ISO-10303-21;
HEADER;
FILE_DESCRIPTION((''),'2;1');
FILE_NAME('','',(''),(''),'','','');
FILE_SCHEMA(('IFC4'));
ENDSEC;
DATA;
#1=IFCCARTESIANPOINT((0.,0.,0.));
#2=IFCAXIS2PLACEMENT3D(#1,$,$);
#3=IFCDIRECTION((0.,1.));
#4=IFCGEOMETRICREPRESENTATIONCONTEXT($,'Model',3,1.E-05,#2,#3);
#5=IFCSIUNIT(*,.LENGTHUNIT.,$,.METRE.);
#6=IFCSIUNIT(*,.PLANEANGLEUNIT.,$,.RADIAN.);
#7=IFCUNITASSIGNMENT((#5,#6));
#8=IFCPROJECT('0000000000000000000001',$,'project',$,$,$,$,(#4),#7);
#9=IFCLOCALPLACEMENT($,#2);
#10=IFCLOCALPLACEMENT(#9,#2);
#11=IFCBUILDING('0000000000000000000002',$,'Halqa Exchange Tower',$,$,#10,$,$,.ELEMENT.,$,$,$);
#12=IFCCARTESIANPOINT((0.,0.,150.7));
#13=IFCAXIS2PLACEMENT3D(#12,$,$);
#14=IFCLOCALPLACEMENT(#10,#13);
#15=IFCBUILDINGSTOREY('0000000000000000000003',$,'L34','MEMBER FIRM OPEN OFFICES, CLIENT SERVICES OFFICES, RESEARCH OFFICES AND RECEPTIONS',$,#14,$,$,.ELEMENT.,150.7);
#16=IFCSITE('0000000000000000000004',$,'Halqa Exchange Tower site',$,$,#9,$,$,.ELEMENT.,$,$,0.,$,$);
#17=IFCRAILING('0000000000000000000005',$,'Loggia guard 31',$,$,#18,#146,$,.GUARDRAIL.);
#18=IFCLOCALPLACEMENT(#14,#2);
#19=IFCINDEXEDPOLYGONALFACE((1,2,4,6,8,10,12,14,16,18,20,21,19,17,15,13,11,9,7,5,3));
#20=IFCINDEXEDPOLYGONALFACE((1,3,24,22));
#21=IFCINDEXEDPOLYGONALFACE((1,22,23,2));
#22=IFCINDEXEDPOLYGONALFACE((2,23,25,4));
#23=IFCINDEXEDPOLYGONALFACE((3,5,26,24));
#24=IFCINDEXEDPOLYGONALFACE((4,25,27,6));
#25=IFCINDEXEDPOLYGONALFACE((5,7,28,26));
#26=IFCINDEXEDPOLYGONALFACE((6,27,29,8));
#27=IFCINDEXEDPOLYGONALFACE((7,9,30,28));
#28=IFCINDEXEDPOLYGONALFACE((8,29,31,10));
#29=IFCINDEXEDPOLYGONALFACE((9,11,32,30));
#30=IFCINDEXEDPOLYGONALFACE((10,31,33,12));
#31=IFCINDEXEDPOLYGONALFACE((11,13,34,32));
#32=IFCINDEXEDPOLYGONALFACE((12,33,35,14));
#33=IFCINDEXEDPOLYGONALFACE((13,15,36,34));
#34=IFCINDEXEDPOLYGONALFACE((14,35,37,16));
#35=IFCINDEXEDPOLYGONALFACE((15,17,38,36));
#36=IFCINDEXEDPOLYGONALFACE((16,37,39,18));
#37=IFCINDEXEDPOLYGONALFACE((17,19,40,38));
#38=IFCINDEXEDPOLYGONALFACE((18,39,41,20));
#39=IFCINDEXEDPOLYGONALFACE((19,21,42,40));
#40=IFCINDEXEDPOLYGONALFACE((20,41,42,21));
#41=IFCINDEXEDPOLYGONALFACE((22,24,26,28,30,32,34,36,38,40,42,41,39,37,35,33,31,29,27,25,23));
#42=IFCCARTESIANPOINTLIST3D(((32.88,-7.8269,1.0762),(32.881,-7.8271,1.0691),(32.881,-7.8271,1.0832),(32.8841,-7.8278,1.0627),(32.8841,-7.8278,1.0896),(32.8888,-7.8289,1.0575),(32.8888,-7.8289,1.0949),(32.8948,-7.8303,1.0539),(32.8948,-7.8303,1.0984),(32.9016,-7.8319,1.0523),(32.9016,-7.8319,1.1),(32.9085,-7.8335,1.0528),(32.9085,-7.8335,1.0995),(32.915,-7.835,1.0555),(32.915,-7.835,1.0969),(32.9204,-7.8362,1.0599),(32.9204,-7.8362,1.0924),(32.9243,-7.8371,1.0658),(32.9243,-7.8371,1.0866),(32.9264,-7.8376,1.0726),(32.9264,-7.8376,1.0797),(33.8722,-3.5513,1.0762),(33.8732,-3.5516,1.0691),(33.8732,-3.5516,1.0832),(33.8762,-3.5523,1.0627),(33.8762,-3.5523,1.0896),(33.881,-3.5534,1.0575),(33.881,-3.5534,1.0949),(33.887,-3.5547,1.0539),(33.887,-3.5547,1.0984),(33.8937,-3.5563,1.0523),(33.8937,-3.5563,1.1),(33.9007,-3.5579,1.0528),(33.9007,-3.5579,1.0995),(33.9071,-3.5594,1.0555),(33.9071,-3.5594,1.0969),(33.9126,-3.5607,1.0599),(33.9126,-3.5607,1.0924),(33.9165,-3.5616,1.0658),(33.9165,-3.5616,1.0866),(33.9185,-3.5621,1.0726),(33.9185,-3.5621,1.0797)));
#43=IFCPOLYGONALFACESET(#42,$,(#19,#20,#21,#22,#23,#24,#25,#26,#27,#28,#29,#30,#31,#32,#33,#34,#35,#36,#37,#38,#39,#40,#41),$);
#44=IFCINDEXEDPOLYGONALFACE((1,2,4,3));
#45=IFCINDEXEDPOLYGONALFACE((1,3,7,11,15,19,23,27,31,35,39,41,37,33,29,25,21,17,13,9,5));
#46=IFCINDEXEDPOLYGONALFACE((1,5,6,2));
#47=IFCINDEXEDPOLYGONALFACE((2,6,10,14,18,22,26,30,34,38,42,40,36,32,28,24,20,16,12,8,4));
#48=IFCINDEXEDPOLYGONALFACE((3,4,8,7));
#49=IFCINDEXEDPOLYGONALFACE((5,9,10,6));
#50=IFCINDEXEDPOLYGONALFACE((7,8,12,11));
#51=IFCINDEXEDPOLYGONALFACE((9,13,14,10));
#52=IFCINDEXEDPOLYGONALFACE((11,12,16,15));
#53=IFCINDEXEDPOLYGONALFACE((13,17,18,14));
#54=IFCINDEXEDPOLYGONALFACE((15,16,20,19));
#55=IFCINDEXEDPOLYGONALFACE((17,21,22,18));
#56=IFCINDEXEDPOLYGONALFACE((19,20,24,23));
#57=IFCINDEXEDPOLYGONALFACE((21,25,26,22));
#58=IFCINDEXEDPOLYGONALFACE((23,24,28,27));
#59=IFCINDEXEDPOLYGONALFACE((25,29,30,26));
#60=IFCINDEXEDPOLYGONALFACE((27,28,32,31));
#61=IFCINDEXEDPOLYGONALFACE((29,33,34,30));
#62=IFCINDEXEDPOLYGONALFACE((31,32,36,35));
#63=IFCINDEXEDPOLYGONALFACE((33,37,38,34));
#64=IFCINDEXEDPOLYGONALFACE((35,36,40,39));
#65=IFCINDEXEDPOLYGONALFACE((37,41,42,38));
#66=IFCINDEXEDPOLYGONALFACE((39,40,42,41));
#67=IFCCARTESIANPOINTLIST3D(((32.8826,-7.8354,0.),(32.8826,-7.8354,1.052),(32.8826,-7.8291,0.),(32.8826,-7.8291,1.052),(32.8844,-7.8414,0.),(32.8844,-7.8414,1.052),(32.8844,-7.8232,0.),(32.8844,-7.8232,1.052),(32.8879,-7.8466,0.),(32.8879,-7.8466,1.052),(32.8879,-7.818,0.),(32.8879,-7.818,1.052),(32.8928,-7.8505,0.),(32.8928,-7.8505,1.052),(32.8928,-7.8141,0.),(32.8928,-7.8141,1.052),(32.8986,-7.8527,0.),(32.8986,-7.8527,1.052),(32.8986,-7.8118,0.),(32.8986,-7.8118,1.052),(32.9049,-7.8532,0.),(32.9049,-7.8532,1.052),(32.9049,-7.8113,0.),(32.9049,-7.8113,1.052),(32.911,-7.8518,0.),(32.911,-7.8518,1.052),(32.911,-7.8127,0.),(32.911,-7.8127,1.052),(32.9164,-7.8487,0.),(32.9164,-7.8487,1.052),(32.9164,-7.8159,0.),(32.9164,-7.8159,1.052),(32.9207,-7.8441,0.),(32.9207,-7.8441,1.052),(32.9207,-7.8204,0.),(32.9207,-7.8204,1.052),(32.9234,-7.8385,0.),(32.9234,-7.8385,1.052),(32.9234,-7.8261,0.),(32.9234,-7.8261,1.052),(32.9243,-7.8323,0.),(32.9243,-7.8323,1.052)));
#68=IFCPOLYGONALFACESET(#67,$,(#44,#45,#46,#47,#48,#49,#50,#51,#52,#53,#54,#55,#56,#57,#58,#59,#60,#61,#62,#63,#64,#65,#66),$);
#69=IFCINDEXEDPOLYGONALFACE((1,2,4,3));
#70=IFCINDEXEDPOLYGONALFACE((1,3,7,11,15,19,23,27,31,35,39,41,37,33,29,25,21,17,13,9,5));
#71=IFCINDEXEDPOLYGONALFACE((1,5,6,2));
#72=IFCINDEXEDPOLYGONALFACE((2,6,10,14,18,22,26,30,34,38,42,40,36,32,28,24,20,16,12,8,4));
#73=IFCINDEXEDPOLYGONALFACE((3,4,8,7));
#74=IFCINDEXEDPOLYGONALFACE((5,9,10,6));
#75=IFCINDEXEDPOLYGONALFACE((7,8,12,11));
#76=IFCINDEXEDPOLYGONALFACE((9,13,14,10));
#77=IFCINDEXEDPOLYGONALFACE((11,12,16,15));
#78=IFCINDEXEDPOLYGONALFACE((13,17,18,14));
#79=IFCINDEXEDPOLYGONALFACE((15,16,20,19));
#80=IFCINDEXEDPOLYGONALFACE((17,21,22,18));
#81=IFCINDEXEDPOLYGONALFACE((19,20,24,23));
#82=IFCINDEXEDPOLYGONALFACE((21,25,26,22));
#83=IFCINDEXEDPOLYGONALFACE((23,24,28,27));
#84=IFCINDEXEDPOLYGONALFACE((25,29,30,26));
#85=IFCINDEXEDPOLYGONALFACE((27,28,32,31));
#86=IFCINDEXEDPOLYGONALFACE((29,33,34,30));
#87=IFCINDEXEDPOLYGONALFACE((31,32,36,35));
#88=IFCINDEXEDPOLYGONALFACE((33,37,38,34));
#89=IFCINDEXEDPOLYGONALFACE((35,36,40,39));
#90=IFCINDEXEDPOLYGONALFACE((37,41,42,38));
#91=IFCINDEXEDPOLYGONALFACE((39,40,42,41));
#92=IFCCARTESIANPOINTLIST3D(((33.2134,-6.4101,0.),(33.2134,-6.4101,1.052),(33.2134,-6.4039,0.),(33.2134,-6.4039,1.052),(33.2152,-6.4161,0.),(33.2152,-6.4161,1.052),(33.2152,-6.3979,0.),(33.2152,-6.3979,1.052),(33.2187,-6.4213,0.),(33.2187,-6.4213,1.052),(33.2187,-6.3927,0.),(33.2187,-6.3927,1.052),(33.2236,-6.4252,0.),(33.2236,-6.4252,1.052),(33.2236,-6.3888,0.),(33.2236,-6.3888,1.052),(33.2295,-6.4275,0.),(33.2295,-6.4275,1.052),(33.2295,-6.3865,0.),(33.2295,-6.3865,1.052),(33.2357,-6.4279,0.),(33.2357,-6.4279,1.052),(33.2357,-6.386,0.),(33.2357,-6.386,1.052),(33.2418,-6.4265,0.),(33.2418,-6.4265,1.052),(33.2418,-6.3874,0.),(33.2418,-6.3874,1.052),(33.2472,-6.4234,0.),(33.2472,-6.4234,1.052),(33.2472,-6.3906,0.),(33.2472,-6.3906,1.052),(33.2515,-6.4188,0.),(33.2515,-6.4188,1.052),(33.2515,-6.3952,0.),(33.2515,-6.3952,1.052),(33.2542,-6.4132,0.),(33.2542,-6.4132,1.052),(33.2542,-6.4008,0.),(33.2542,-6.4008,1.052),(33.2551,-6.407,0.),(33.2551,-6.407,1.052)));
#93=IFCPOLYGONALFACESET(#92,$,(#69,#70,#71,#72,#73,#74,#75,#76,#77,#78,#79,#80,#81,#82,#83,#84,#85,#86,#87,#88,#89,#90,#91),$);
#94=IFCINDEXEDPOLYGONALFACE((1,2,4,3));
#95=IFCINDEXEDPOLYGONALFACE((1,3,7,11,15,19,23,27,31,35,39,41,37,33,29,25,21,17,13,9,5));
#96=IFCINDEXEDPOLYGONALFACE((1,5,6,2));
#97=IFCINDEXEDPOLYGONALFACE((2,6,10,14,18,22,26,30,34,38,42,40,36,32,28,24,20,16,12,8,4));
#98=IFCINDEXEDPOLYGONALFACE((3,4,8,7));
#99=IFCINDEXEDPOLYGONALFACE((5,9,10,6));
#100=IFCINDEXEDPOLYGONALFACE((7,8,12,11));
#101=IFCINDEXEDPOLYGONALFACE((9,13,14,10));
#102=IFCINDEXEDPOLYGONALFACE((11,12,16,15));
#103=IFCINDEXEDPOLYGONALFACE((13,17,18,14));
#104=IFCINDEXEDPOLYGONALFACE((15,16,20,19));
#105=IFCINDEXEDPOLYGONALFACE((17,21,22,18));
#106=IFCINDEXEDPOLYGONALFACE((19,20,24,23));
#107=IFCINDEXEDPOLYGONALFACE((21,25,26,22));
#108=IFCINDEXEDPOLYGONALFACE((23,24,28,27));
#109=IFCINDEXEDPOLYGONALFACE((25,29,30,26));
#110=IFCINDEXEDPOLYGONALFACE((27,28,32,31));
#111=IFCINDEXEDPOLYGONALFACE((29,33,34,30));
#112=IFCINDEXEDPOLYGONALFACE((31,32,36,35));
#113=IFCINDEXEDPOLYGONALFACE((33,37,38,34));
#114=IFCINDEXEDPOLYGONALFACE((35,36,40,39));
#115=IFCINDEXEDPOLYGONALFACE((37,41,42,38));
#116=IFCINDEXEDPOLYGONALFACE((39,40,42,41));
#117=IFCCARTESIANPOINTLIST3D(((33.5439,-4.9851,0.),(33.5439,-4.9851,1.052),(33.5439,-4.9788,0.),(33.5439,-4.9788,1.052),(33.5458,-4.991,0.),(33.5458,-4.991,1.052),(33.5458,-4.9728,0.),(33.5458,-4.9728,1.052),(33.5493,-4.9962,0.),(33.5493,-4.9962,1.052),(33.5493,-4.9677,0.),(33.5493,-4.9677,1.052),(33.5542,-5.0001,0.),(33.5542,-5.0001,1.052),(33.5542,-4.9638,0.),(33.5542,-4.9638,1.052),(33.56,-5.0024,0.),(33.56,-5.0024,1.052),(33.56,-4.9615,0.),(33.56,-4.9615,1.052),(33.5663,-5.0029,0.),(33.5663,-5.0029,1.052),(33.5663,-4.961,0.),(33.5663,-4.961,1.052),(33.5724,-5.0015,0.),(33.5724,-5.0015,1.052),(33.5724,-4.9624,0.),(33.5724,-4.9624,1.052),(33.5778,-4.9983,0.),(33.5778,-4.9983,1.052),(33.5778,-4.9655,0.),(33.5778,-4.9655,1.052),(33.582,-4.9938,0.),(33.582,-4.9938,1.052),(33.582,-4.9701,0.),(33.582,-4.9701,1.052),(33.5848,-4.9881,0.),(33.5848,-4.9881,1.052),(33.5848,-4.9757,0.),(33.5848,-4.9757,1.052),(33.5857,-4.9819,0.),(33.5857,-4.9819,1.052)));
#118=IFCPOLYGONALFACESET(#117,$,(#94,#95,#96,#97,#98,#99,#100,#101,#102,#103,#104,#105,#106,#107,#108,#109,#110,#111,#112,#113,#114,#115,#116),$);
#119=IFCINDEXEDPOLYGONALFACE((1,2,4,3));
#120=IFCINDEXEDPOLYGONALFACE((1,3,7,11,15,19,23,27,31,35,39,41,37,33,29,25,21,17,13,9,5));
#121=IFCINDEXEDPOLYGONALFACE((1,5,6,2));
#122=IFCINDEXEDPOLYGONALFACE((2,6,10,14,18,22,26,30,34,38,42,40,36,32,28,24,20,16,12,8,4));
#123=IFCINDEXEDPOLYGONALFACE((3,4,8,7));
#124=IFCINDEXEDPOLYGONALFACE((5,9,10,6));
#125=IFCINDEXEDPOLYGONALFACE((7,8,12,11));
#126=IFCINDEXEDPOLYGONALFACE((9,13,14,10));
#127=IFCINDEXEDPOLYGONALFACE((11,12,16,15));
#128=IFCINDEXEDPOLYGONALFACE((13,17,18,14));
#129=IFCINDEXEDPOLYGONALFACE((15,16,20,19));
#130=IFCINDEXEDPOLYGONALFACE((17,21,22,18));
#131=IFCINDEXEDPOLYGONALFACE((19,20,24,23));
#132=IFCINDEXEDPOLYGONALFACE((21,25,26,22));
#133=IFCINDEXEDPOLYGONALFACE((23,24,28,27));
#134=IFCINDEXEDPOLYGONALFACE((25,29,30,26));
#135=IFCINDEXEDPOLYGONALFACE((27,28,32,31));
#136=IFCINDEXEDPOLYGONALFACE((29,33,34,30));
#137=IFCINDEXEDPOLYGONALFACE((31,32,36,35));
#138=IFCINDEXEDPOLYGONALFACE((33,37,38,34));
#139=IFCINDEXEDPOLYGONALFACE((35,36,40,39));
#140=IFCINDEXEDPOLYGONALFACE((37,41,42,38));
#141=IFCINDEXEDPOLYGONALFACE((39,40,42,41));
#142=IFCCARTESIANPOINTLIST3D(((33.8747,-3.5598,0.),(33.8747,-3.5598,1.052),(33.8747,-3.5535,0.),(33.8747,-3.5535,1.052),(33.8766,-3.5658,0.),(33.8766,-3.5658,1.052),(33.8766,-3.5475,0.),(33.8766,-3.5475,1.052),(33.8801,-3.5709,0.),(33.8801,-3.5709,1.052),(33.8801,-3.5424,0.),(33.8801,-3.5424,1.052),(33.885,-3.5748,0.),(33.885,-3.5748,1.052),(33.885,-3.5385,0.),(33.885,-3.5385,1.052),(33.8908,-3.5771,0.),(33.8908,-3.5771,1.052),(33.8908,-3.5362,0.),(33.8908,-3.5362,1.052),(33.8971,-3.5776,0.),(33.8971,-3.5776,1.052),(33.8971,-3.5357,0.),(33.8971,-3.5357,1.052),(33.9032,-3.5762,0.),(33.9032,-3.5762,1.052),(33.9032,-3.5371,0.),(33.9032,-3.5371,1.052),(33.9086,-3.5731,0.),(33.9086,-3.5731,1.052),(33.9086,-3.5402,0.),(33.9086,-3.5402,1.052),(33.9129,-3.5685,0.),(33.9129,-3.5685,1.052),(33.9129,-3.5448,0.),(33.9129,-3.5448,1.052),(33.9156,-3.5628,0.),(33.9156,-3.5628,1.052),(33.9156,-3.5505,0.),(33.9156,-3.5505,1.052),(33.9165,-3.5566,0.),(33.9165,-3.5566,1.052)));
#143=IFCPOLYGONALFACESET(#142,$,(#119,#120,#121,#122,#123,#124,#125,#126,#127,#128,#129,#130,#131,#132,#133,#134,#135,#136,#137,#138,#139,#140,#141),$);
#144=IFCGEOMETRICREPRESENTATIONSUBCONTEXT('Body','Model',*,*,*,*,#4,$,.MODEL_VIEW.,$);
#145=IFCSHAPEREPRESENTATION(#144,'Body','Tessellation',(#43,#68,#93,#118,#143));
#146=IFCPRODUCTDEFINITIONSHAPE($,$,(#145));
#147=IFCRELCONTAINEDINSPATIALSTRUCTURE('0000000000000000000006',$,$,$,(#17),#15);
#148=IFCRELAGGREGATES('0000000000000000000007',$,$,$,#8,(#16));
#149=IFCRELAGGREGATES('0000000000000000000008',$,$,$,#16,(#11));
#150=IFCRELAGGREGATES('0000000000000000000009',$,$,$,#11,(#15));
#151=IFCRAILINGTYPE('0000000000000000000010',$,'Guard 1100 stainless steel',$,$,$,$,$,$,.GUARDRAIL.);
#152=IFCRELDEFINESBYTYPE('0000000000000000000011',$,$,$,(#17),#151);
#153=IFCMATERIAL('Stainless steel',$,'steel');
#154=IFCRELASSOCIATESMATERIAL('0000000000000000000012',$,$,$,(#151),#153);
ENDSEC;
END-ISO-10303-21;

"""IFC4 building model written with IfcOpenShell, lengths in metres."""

from ifc_helpers import new_model, si_unit, direction, frame, origin, origin_2d, place, context, subcontext, project, spatial, circle, extrude, material, type_object, element, save


model = new_model("IFC4")

# Units and contexts
model_context = context("Model", 3, precision=1e-05, world=origin(), true_north=direction((0.0, 1.0)))
body_context = subcontext(model_context, "Body", "Model", "MODEL_VIEW")
ifc_project = project(units=[si_unit("LENGTHUNIT", "METRE"), si_unit("PLANEANGLEUNIT", "RADIAN")], contexts=[model_context])

# Site, building, storey
site_placement = place(None, origin())
site = spatial("IfcSite", under=ifc_project, at=site_placement, Name="Halqa Exchange Tower site", CompositionType="ELEMENT", RefElevation=0.0)
building_placement = place(site_placement, origin())
building = spatial("IfcBuilding", under=site, at=building_placement, Name="Halqa Exchange Tower", CompositionType="ELEMENT")
storey_placement = place(building_placement, frame((0.0, 0.0, 150.7)))
storey = spatial("IfcBuildingStorey", under=building, at=storey_placement, Name="L34", Description="MEMBER FIRM OPEN OFFICES, CLIENT SERVICES OFFICES, RESEARCH OFFICES AND RECEPTIONS", CompositionType="ELEMENT", Elevation=150.7)

# Railing
ifc_material_1 = material(Name="Stainless steel", Category="steel")
railing_type = type_object("IfcRailingType", Name="Guard 1100 stainless steel", PredefinedType="GUARDRAIL", material=ifc_material_1)
railing_1_placement = place(storey_placement, frame((32.9033, -7.8323, 0.0)))
element("IfcRailing", 1, at=railing_1_placement, inside=storey, type_object=railing_type, Name="Loggia guard 31", PredefinedType="GUARDRAIL", context=body_context, shape_type="SweptSolid", body=[
    extrude(circle(Radius=0.0239, at=origin_2d()), frame((0.0, 0.0, 1.0762), z_axis=(0.22605, 0.974116, 0.0), x_axis=(-0.974116, 0.22605, 0.0)), (0.0, 0.0, 1.0), 4.3892),
    extrude(circle(Radius=0.021, at=origin_2d()), origin(), (0.0, 0.0, 1.0), 1.052),
    extrude(circle(Radius=0.021, at=origin_2d()), frame((0.3308, 1.4253, 0.0)), (0.0, 0.0, 1.0), 1.052),
    extrude(circle(Radius=0.021, at=origin_2d()), frame((0.6614, 2.8503, 0.0)), (0.0, 0.0, 1.0), 1.052),
    extrude(circle(Radius=0.021, at=origin_2d()), frame((0.9922, 4.2756, 0.0)), (0.0, 0.0, 1.0), 1.052),
])

save(model, "model.ifc")
